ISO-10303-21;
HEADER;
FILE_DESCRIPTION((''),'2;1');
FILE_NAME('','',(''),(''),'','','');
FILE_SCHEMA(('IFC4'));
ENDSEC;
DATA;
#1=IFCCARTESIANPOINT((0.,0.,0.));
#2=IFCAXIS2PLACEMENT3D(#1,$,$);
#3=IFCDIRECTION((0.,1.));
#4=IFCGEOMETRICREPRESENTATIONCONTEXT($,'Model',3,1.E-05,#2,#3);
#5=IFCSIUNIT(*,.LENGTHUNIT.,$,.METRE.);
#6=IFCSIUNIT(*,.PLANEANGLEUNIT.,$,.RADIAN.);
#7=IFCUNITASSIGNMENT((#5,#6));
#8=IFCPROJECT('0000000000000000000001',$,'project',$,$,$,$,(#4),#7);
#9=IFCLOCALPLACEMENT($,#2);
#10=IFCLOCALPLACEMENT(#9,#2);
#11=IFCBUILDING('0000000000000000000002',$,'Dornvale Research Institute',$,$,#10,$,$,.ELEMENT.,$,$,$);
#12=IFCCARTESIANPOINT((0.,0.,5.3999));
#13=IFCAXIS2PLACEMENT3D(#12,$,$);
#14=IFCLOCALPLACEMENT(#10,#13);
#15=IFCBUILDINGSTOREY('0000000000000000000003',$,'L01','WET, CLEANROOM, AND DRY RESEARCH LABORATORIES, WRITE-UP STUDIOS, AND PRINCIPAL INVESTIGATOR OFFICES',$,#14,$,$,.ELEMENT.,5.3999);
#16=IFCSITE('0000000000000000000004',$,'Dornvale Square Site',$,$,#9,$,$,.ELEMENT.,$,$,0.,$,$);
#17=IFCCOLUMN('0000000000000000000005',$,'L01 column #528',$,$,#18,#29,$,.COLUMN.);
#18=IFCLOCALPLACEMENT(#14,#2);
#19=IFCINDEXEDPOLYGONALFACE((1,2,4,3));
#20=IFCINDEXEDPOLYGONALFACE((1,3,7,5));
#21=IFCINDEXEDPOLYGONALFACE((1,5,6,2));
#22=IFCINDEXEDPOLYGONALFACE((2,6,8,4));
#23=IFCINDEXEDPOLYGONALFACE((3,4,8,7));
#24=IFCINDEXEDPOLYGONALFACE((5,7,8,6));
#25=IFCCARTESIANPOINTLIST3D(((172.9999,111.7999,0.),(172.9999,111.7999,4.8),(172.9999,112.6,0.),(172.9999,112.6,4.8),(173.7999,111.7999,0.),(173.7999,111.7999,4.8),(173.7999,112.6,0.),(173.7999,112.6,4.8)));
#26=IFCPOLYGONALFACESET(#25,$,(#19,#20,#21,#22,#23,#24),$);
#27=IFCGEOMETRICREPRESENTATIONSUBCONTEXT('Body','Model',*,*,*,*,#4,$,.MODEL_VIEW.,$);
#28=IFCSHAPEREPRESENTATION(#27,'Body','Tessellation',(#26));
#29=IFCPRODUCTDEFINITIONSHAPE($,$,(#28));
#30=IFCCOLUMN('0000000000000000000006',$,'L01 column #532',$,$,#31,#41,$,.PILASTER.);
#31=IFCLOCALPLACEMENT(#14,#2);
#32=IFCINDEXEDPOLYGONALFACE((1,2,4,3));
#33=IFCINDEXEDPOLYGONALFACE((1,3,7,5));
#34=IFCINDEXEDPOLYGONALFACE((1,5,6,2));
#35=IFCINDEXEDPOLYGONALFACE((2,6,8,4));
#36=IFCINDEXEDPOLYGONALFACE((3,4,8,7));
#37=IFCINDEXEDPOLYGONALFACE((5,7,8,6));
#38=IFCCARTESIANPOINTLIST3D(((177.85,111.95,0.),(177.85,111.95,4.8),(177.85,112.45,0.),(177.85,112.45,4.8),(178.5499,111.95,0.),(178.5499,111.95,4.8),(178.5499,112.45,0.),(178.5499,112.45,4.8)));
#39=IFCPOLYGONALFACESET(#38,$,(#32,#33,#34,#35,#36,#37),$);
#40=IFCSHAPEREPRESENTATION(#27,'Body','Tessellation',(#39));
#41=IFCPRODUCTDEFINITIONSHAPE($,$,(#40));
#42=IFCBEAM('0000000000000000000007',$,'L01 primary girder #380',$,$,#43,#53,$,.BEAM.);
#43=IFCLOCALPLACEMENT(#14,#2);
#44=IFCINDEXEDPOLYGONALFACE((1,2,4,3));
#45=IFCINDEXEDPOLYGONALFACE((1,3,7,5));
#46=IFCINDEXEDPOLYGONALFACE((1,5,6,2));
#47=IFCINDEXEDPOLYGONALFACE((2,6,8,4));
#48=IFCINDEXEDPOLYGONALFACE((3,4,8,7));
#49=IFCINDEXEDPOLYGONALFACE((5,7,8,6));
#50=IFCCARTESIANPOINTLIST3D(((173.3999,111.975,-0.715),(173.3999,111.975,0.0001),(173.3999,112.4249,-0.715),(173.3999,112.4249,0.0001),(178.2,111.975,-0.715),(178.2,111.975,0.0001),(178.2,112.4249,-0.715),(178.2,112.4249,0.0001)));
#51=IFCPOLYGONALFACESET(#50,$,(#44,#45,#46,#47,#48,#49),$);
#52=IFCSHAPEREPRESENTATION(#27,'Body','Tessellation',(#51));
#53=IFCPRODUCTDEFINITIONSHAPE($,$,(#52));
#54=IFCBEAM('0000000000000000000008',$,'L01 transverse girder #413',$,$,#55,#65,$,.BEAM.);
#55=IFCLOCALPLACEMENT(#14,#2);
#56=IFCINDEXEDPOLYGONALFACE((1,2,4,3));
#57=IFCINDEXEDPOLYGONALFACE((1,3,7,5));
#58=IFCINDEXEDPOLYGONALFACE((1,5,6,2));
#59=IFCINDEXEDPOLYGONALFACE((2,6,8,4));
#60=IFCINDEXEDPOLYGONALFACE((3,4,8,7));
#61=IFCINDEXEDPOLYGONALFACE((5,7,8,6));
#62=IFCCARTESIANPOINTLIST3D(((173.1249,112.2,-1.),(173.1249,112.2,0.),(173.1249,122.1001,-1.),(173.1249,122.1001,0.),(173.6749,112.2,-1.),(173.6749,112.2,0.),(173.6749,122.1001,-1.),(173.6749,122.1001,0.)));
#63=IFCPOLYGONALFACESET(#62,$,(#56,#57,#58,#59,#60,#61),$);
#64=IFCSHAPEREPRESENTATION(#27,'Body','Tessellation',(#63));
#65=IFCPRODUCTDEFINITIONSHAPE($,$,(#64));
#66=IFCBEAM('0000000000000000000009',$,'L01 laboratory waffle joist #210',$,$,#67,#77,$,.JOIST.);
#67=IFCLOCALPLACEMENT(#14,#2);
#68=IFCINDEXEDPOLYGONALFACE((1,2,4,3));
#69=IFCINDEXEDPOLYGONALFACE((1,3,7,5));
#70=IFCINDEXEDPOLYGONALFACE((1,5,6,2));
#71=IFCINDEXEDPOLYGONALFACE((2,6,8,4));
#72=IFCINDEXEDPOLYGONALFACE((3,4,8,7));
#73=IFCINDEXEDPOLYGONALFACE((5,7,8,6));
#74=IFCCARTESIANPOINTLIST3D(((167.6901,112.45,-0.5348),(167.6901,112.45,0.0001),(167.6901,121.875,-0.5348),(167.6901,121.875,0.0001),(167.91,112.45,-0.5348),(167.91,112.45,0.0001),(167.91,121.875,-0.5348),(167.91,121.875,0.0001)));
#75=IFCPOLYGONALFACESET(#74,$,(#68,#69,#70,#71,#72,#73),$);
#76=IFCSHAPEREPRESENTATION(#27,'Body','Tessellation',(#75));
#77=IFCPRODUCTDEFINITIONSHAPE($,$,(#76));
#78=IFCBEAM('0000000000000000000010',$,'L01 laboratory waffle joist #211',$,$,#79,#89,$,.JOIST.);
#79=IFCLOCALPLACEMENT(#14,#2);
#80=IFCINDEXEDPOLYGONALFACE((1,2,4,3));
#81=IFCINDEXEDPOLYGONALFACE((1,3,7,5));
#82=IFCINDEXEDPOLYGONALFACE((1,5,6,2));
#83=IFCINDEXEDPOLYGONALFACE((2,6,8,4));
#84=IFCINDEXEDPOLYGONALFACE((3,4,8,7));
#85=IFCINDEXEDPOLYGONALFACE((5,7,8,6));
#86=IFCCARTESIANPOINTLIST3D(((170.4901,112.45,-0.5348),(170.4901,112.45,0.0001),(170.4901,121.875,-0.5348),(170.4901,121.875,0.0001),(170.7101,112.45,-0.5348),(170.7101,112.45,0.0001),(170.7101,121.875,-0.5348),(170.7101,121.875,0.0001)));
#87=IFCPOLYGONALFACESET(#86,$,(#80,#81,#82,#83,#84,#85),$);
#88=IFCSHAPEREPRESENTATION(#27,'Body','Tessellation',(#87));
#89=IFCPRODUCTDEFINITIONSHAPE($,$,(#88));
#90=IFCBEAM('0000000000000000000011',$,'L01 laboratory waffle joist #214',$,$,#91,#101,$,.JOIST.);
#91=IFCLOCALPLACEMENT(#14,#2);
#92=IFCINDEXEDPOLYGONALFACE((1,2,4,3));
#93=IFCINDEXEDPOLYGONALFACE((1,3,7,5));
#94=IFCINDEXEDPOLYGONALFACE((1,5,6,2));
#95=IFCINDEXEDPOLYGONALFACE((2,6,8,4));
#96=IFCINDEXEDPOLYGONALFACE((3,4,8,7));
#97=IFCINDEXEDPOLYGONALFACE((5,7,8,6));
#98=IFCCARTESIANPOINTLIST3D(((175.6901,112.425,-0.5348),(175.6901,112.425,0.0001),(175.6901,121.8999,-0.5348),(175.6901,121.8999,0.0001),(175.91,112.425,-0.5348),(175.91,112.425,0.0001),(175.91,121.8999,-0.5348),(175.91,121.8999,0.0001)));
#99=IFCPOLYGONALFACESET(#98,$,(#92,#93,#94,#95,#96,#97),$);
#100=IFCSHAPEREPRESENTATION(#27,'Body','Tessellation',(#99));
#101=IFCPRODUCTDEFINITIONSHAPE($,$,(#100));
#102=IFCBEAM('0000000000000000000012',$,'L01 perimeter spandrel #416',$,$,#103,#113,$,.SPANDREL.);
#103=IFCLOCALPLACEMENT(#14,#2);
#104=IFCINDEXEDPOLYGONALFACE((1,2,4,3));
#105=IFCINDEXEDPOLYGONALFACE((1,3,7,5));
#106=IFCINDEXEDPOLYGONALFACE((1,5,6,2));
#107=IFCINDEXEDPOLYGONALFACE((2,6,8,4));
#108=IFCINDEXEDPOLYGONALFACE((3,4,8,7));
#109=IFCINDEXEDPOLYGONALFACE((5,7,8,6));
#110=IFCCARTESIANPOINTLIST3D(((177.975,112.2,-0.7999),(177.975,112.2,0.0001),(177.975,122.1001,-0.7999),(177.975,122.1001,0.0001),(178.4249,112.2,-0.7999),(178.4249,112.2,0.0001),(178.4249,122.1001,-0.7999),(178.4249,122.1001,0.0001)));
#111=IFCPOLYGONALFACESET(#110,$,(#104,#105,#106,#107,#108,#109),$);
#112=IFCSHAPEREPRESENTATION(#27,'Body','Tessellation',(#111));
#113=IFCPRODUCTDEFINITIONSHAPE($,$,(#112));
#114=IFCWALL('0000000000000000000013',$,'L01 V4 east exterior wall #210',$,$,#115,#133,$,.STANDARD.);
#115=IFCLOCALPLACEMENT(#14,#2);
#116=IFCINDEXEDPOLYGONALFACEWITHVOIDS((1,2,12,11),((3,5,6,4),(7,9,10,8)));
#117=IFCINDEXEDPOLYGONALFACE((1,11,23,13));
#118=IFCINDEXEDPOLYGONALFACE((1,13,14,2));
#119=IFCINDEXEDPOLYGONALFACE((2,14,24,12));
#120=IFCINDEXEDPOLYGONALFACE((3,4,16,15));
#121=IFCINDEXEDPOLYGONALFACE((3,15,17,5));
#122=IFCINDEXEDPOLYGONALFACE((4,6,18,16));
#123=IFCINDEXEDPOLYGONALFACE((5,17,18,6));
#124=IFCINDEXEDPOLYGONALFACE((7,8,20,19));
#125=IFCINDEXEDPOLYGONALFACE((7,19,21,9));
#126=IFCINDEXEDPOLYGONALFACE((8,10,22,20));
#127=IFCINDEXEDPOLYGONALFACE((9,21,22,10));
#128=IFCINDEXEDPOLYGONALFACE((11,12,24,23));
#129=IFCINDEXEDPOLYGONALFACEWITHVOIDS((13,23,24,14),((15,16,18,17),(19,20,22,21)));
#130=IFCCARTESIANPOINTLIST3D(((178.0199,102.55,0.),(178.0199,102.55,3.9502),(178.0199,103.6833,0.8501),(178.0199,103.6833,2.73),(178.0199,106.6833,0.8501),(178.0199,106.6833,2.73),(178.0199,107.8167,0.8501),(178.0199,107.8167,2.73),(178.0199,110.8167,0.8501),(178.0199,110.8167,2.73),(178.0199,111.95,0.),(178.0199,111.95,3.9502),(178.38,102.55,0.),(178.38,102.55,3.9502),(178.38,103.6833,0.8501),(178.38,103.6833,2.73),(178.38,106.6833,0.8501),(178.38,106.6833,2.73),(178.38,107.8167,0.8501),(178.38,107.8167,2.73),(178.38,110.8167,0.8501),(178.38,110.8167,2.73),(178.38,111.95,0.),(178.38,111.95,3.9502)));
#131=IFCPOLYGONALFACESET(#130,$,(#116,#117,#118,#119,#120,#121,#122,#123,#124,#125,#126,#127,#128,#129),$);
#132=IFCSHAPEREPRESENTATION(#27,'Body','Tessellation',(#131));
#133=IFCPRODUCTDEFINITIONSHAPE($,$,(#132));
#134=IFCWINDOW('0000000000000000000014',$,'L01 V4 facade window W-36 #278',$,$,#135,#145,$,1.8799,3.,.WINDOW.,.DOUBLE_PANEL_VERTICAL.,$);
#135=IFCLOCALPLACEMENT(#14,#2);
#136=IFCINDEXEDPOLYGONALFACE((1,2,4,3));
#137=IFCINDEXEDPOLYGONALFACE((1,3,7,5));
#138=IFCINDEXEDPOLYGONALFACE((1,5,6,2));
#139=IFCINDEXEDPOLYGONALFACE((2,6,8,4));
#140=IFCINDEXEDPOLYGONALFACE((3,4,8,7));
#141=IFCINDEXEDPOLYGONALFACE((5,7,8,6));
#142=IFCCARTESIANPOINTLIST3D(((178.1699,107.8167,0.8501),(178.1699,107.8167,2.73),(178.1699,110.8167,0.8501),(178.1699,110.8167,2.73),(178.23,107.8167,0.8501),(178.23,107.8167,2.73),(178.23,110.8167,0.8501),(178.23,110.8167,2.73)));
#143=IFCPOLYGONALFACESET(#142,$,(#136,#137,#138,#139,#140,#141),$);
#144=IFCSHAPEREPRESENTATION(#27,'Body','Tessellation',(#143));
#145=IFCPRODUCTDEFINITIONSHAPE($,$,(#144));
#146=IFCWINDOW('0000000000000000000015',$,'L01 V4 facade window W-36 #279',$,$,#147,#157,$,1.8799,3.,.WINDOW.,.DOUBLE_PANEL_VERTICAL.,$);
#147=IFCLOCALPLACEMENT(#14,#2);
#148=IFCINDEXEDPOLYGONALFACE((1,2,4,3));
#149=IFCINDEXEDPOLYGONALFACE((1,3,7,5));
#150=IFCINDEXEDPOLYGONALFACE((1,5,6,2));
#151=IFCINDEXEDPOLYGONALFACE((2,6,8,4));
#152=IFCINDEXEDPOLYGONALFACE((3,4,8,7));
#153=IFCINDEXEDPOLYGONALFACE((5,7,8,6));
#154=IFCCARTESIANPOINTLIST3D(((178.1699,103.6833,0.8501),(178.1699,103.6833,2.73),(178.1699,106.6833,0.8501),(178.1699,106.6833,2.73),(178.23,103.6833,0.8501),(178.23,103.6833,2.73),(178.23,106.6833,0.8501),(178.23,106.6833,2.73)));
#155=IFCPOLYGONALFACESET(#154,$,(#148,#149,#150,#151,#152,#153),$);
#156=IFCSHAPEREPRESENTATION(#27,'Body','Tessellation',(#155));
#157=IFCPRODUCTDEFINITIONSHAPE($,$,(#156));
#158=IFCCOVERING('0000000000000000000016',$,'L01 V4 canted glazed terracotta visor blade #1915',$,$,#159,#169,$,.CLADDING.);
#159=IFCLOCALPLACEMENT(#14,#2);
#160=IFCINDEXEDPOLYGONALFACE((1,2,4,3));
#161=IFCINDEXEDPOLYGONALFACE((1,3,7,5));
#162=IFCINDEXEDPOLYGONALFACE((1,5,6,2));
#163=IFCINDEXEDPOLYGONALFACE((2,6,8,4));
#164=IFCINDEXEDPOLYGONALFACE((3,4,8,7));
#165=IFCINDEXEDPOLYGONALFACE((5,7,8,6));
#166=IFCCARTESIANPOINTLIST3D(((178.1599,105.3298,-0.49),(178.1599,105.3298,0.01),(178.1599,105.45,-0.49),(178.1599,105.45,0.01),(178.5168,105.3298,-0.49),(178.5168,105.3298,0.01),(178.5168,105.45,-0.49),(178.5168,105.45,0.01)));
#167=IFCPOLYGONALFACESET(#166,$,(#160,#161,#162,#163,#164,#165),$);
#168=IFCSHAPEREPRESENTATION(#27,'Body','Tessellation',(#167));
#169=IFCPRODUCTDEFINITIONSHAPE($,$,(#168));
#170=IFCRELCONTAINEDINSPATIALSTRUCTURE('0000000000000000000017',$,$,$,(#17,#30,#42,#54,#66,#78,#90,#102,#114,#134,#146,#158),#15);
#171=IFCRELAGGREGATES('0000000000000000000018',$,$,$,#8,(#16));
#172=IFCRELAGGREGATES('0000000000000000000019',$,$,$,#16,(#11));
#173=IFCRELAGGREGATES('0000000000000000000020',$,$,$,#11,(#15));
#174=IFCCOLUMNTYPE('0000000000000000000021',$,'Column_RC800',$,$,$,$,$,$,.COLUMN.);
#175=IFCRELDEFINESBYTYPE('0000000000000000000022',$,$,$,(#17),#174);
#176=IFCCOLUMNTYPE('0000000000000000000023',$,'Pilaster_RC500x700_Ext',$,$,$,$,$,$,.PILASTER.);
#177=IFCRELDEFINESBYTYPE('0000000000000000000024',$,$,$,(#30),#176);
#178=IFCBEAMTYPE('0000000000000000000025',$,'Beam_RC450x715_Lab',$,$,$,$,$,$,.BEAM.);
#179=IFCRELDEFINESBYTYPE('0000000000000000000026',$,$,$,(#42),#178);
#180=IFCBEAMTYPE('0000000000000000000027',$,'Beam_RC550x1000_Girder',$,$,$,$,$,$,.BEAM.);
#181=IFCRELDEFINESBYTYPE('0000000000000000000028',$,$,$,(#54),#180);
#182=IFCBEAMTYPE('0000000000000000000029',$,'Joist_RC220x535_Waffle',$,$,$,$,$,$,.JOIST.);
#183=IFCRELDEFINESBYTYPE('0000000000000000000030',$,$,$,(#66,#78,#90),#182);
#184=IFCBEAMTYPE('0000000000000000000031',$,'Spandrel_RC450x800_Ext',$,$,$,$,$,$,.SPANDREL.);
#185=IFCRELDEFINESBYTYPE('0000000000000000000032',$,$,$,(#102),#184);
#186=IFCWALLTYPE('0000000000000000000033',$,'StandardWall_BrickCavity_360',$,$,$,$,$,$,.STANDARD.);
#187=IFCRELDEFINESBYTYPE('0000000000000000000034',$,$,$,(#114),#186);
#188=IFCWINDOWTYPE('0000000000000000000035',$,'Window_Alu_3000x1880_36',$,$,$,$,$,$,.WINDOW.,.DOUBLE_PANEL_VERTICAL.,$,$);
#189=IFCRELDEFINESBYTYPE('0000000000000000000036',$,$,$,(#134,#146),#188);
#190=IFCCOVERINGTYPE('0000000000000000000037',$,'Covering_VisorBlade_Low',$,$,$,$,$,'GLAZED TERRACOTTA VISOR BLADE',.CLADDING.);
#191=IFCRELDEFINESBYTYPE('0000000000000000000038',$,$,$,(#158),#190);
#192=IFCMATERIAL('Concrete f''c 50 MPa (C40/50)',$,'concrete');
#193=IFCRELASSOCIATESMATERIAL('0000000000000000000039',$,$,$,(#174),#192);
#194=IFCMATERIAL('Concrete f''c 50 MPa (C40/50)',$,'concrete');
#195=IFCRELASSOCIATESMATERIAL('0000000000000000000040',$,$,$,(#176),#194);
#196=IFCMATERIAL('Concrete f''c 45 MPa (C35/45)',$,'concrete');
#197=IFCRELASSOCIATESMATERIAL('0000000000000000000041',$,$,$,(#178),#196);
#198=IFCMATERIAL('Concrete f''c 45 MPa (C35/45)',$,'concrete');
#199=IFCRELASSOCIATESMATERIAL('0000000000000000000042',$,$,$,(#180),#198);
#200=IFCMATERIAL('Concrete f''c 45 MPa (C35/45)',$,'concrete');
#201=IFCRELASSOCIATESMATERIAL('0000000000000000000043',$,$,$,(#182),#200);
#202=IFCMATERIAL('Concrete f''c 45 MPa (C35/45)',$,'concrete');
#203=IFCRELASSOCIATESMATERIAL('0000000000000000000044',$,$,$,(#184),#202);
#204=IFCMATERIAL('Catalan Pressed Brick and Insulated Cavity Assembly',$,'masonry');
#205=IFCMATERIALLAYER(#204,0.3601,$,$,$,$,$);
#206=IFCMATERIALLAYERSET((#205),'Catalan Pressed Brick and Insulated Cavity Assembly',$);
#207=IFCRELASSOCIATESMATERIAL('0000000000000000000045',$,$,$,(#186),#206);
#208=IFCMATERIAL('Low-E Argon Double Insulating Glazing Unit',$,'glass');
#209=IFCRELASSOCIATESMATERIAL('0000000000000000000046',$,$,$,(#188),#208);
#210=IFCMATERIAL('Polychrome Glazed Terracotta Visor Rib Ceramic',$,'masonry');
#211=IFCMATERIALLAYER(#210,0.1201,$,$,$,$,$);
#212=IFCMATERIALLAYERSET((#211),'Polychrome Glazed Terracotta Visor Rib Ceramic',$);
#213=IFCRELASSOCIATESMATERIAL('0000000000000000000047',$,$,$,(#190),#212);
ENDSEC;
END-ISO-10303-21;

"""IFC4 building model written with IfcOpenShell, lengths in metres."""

from ifc_helpers import new_model, si_unit, direction, frame, frame_2d, origin, origin_2d, place, context, subcontext, project, spatial, rectangle, extrude, material, layer, layer_set, material_profile, profile_set, type_object, element, fill, save


model = new_model("IFC4")

# Units and contexts
model_context = context("Model", 3, precision=1e-05, world=origin(), true_north=direction((0.0, 1.0)))
body_context = subcontext(model_context, "Body", "Model", "MODEL_VIEW")
ifc_project = project(units=[si_unit("LENGTHUNIT", "METRE"), si_unit("PLANEANGLEUNIT", "RADIAN")], contexts=[model_context])

# Site, building, storey
site_placement = place(None, origin())
site = spatial("IfcSite", under=ifc_project, at=site_placement, Name="Dornvale Square Site", CompositionType="ELEMENT", RefElevation=0.0)
building_placement = place(site_placement, origin())
building = spatial("IfcBuilding", under=site, at=building_placement, Name="Dornvale Research Institute", CompositionType="ELEMENT")
storey_placement = place(building_placement, frame((0.0, 0.0, 5.3999)))
storey = spatial("IfcBuildingStorey", under=building, at=storey_placement, Name="L01", Description="WET, CLEANROOM, AND DRY RESEARCH LABORATORIES, WRITE-UP STUDIOS, AND PRINCIPAL INVESTIGATOR OFFICES", CompositionType="ELEMENT", Elevation=5.3999)

# Columns
ifc_material_1 = material(Name="Concrete f'c 50 MPa (C40/50)", Category="concrete")
ifc_material_profile_1 = material_profile(ifc_material_1, rectangle(XDim=0.8, YDim=0.8, at=origin_2d()), Name="RC 800x800")
ifc_profile_set_1 = profile_set([ifc_material_profile_1], Name="Concrete f'c 50 MPa (C40/50)")
column_type_1 = type_object("IfcColumnType", Name="Column_RC800", PredefinedType="COLUMN", material=ifc_profile_set_1)
column_1_placement = place(storey_placement, frame((173.3999, 112.2, 0.0), z_axis=(0.0, 0.0, 1.0), x_axis=(1.0, 0.0, 0.0)))
element("IfcColumn", 1, at=column_1_placement, inside=storey, type_object=column_type_1, Name="L01 column #528", PredefinedType="COLUMN", context=body_context, shape_type="SweptSolid", body=[
    extrude(rectangle(XDim=0.8, YDim=0.8, at=origin_2d()), origin(), (0.0, 0.0, 1.0), 4.8),
])
ifc_material_2 = material(Name="Concrete f'c 50 MPa (C40/50)", Category="concrete")
ifc_material_profile_2 = material_profile(ifc_material_2, rectangle(XDim=0.5, YDim=0.7, at=origin_2d()), Name="RC 500x700")
ifc_profile_set_2 = profile_set([ifc_material_profile_2], Name="Concrete f'c 50 MPa (C40/50)")
column_type_2 = type_object("IfcColumnType", Name="Pilaster_RC500x700_Ext", PredefinedType="PILASTER", material=ifc_profile_set_2)
column_2_placement = place(storey_placement, frame((178.2, 112.2, 0.0), z_axis=(0.0, 0.0, 1.0), x_axis=(0.0, 1.0, 0.0)))
element("IfcColumn", 2, at=column_2_placement, inside=storey, type_object=column_type_2, Name="L01 column #532", PredefinedType="PILASTER", context=body_context, shape_type="SweptSolid", body=[
    extrude(rectangle(XDim=0.5, YDim=0.7, at=origin_2d()), origin(), (0.0, 0.0, 1.0), 4.8),
])

# Beams
ifc_material_3 = material(Name="Concrete f'c 45 MPa (C35/45)", Category="concrete")
ifc_material_profile_3 = material_profile(ifc_material_3, rectangle(XDim=0.45, YDim=0.7151, at=origin_2d()), Name="RC 450x715")
ifc_profile_set_3 = profile_set([ifc_material_profile_3], Name="Concrete f'c 45 MPa (C35/45)")
beam_type_1 = type_object("IfcBeamType", Name="Beam_RC450x715_Lab", PredefinedType="BEAM", material=ifc_profile_set_3)
beam_1_placement = place(storey_placement, frame((173.3999, 112.2, -0.3574), z_axis=(1.0, 0.0, 0.0), x_axis=(0.0, 1.0, 0.0)))
element("IfcBeam", 3, at=beam_1_placement, inside=storey, type_object=beam_type_1, Name="L01 primary girder #380", PredefinedType="BEAM", context=body_context, shape_type="SweptSolid", body=[
    extrude(rectangle(XDim=0.45, YDim=0.7151, at=origin_2d()), origin(), (0.0, 0.0, 1.0), 4.8),
])
ifc_material_4 = material(Name="Concrete f'c 45 MPa (C35/45)", Category="concrete")
ifc_material_profile_4 = material_profile(ifc_material_4, rectangle(XDim=0.55, YDim=1.0, at=origin_2d()), Name="RC 550x1000")
ifc_profile_set_4 = profile_set([ifc_material_profile_4], Name="Concrete f'c 45 MPa (C35/45)")
beam_type_2 = type_object("IfcBeamType", Name="Beam_RC550x1000_Girder", PredefinedType="BEAM", material=ifc_profile_set_4)
beam_2_placement = place(storey_placement, frame((173.3999, 112.2, -0.5), z_axis=(0.0, 1.0, 0.0), x_axis=(-1.0, 0.0, 0.0)))
element("IfcBeam", 4, at=beam_2_placement, inside=storey, type_object=beam_type_2, Name="L01 transverse girder #413", PredefinedType="BEAM", context=body_context, shape_type="SweptSolid", body=[
    extrude(rectangle(XDim=0.55, YDim=1.0, at=origin_2d()), origin(), (0.0, 0.0, 1.0), 9.9001),
])
ifc_material_5 = material(Name="Concrete f'c 45 MPa (C35/45)", Category="concrete")
ifc_material_profile_5 = material_profile(ifc_material_5, rectangle(XDim=0.22, YDim=0.5349, at=origin_2d()), Name="RC 220x535")
ifc_profile_set_5 = profile_set([ifc_material_profile_5], Name="Concrete f'c 45 MPa (C35/45)")
beam_type_3 = type_object("IfcBeamType", Name="Joist_RC220x535_Waffle", PredefinedType="JOIST", material=ifc_profile_set_5)
for number, where, z_axis, x_axis, name in (
    (5, (167.8, 112.45, -0.2673), (0.0, 1.0, 0.0), (-1.0, 0.0, 0.0), "L01 laboratory waffle joist #210"),
    (6, (170.6001, 112.45, -0.2673), (0.0, 1.0, 0.0), (-1.0, 0.0, 0.0), "L01 laboratory waffle joist #211"),
):
    element("IfcBeam", number, at=place(storey_placement, frame(where, z_axis=z_axis, x_axis=x_axis)), inside=storey, type_object=beam_type_3, Name=name, PredefinedType="JOIST", context=body_context, shape_type="SweptSolid", body=[
        extrude(rectangle(XDim=0.22, YDim=0.5349, at=origin_2d()), origin(), (0.0, 0.0, 1.0), 9.425),
    ])
beam_3_placement = place(storey_placement, frame((175.8, 112.425, -0.2673), z_axis=(0.0, 1.0, 0.0), x_axis=(-1.0, 0.0, 0.0)))
element("IfcBeam", 7, at=beam_3_placement, inside=storey, type_object=beam_type_3, Name="L01 laboratory waffle joist #214", PredefinedType="JOIST", context=body_context, shape_type="SweptSolid", body=[
    extrude(rectangle(XDim=0.22, YDim=0.5349, at=origin_2d()), origin(), (0.0, 0.0, 1.0), 9.4749),
])
ifc_material_6 = material(Name="Concrete f'c 45 MPa (C35/45)", Category="concrete")
ifc_material_profile_6 = material_profile(ifc_material_6, rectangle(XDim=0.45, YDim=0.8, at=origin_2d()), Name="RC 450x800")
ifc_profile_set_6 = profile_set([ifc_material_profile_6], Name="Concrete f'c 45 MPa (C35/45)")
beam_type_4 = type_object("IfcBeamType", Name="Spandrel_RC450x800_Ext", PredefinedType="SPANDREL", material=ifc_profile_set_6)
beam_4_placement = place(storey_placement, frame((178.2, 112.2, -0.3999), z_axis=(0.0, 1.0, 0.0), x_axis=(-1.0, 0.0, 0.0)))
element("IfcBeam", 8, at=beam_4_placement, inside=storey, type_object=beam_type_4, Name="L01 perimeter spandrel #416", PredefinedType="SPANDREL", context=body_context, shape_type="SweptSolid", body=[
    extrude(rectangle(XDim=0.45, YDim=0.8, at=origin_2d()), origin(), (0.0, 0.0, 1.0), 9.9001),
])

# Wall, openings, windows
ifc_material_7 = material(Name="Catalan Pressed Brick and Insulated Cavity Assembly", Category="masonry")
ifc_layer_1 = layer(ifc_material_7, 0.3601)
ifc_layer_set_1 = layer_set([ifc_layer_1], Name="Catalan Pressed Brick and Insulated Cavity Assembly")
wall_type = type_object("IfcWallType", Name="StandardWall_BrickCavity_360", PredefinedType="STANDARD", material=ifc_layer_set_1)
wall_placement = place(storey_placement, frame((178.2, 111.95, 0.0), z_axis=(0.0, 0.0, 1.0), x_axis=(0.0, -1.0, 0.0)))
wall = element("IfcWall", 9, at=wall_placement, inside=storey, type_object=wall_type, Name="L01 V4 east exterior wall #210", PredefinedType="STANDARD", context=body_context, shape_type="SweptSolid", body=[
    extrude(rectangle(XDim=9.3999, YDim=0.3601, at=frame_2d((4.7, 0.0))), origin(), (0.0, 0.0, 1.0), 3.9502),
])
opening_1_placement = place(wall_placement, frame((1.1333, 0.0, 0.8501)))
opening_1 = element("IfcOpeningElement", 10, at=opening_1_placement, cuts=wall, PredefinedType="OPENING", context=body_context, shape_type="SweptSolid", body=[
    extrude(rectangle(XDim=3.0, YDim=1.8799, at=frame_2d((1.5, 0.9399))), frame((0.0, 0.1951, 0.0), z_axis=(0.0, -1.0, 0.0), x_axis=(1.0, 0.0, 0.0)), (0.0, 0.0, 1.0), 0.3901),
])
opening_2_placement = place(wall_placement, frame((5.2666, 0.0, 0.8501)))
opening_2 = element("IfcOpeningElement", 11, at=opening_2_placement, cuts=wall, PredefinedType="OPENING", context=body_context, shape_type="SweptSolid", body=[
    extrude(rectangle(XDim=3.0, YDim=1.8799, at=frame_2d((1.5, 0.9399))), frame((0.0, 0.1951, 0.0), z_axis=(0.0, -1.0, 0.0), x_axis=(1.0, 0.0, 0.0)), (0.0, 0.0, 1.0), 0.3901),
])
ifc_material_8 = material(Name="Low-E Argon Double Insulating Glazing Unit", Category="glass")
window_type = type_object("IfcWindowType", Name="Window_Alu_3000x1880_36", PartitioningType="DOUBLE_PANEL_VERTICAL", PredefinedType="WINDOW", material=ifc_material_8)
window_1_placement = place(opening_1_placement, origin())
window_1 = element("IfcWindow", 12, at=window_1_placement, inside=storey, type_object=window_type, Name="L01 V4 facade window W-36 #278", OverallHeight=1.8799, OverallWidth=3.0, PartitioningType="DOUBLE_PANEL_VERTICAL", PredefinedType="WINDOW", context=body_context, shape_type="SweptSolid", body=[
    extrude(rectangle(XDim=3.0, YDim=1.8799, at=frame_2d((1.5, 0.9399))), frame((0.0, 0.03, 0.0), z_axis=(0.0, -1.0, 0.0), x_axis=(1.0, 0.0, 0.0)), (0.0, 0.0, 1.0), 0.0601),
])
fill(opening_1, window_1)
window_2_placement = place(opening_2_placement, origin())
window_2 = element("IfcWindow", 13, at=window_2_placement, inside=storey, type_object=window_type, Name="L01 V4 facade window W-36 #279", OverallHeight=1.8799, OverallWidth=3.0, PartitioningType="DOUBLE_PANEL_VERTICAL", PredefinedType="WINDOW", context=body_context, shape_type="SweptSolid", body=[
    extrude(rectangle(XDim=3.0, YDim=1.8799, at=frame_2d((1.5, 0.9399))), frame((0.0, 0.03, 0.0), z_axis=(0.0, -1.0, 0.0), x_axis=(1.0, 0.0, 0.0)), (0.0, 0.0, 1.0), 0.0601),
])
fill(opening_2, window_2)

# Covering
ifc_material_9 = material(Name="Polychrome Glazed Terracotta Visor Rib Ceramic", Category="masonry")
ifc_layer_2 = layer(ifc_material_9, 0.1201)
ifc_layer_set_2 = layer_set([ifc_layer_2], Name="Polychrome Glazed Terracotta Visor Rib Ceramic")
covering_type = type_object("IfcCoveringType", Name="Covering_VisorBlade_Low", ElementType="GLAZED TERRACOTTA VISOR BLADE", PredefinedType="CLADDING", material=ifc_layer_set_2)
covering_1_placement = place(storey_placement, frame((178.3384, 105.3899, -0.49), z_axis=(0.0, 0.0, 1.0), x_axis=(1.0, 0.0, 0.0)))
element("IfcCovering", 14, at=covering_1_placement, inside=storey, type_object=covering_type, Name="L01 V4 canted glazed terracotta visor blade #1915", PredefinedType="CLADDING", context=body_context, shape_type="SweptSolid", body=[
    extrude(rectangle(XDim=0.3569, YDim=0.1201, at=origin_2d()), origin(), (0.0, 0.0, 1.0), 0.5),
])

save(model, "model.ifc")
